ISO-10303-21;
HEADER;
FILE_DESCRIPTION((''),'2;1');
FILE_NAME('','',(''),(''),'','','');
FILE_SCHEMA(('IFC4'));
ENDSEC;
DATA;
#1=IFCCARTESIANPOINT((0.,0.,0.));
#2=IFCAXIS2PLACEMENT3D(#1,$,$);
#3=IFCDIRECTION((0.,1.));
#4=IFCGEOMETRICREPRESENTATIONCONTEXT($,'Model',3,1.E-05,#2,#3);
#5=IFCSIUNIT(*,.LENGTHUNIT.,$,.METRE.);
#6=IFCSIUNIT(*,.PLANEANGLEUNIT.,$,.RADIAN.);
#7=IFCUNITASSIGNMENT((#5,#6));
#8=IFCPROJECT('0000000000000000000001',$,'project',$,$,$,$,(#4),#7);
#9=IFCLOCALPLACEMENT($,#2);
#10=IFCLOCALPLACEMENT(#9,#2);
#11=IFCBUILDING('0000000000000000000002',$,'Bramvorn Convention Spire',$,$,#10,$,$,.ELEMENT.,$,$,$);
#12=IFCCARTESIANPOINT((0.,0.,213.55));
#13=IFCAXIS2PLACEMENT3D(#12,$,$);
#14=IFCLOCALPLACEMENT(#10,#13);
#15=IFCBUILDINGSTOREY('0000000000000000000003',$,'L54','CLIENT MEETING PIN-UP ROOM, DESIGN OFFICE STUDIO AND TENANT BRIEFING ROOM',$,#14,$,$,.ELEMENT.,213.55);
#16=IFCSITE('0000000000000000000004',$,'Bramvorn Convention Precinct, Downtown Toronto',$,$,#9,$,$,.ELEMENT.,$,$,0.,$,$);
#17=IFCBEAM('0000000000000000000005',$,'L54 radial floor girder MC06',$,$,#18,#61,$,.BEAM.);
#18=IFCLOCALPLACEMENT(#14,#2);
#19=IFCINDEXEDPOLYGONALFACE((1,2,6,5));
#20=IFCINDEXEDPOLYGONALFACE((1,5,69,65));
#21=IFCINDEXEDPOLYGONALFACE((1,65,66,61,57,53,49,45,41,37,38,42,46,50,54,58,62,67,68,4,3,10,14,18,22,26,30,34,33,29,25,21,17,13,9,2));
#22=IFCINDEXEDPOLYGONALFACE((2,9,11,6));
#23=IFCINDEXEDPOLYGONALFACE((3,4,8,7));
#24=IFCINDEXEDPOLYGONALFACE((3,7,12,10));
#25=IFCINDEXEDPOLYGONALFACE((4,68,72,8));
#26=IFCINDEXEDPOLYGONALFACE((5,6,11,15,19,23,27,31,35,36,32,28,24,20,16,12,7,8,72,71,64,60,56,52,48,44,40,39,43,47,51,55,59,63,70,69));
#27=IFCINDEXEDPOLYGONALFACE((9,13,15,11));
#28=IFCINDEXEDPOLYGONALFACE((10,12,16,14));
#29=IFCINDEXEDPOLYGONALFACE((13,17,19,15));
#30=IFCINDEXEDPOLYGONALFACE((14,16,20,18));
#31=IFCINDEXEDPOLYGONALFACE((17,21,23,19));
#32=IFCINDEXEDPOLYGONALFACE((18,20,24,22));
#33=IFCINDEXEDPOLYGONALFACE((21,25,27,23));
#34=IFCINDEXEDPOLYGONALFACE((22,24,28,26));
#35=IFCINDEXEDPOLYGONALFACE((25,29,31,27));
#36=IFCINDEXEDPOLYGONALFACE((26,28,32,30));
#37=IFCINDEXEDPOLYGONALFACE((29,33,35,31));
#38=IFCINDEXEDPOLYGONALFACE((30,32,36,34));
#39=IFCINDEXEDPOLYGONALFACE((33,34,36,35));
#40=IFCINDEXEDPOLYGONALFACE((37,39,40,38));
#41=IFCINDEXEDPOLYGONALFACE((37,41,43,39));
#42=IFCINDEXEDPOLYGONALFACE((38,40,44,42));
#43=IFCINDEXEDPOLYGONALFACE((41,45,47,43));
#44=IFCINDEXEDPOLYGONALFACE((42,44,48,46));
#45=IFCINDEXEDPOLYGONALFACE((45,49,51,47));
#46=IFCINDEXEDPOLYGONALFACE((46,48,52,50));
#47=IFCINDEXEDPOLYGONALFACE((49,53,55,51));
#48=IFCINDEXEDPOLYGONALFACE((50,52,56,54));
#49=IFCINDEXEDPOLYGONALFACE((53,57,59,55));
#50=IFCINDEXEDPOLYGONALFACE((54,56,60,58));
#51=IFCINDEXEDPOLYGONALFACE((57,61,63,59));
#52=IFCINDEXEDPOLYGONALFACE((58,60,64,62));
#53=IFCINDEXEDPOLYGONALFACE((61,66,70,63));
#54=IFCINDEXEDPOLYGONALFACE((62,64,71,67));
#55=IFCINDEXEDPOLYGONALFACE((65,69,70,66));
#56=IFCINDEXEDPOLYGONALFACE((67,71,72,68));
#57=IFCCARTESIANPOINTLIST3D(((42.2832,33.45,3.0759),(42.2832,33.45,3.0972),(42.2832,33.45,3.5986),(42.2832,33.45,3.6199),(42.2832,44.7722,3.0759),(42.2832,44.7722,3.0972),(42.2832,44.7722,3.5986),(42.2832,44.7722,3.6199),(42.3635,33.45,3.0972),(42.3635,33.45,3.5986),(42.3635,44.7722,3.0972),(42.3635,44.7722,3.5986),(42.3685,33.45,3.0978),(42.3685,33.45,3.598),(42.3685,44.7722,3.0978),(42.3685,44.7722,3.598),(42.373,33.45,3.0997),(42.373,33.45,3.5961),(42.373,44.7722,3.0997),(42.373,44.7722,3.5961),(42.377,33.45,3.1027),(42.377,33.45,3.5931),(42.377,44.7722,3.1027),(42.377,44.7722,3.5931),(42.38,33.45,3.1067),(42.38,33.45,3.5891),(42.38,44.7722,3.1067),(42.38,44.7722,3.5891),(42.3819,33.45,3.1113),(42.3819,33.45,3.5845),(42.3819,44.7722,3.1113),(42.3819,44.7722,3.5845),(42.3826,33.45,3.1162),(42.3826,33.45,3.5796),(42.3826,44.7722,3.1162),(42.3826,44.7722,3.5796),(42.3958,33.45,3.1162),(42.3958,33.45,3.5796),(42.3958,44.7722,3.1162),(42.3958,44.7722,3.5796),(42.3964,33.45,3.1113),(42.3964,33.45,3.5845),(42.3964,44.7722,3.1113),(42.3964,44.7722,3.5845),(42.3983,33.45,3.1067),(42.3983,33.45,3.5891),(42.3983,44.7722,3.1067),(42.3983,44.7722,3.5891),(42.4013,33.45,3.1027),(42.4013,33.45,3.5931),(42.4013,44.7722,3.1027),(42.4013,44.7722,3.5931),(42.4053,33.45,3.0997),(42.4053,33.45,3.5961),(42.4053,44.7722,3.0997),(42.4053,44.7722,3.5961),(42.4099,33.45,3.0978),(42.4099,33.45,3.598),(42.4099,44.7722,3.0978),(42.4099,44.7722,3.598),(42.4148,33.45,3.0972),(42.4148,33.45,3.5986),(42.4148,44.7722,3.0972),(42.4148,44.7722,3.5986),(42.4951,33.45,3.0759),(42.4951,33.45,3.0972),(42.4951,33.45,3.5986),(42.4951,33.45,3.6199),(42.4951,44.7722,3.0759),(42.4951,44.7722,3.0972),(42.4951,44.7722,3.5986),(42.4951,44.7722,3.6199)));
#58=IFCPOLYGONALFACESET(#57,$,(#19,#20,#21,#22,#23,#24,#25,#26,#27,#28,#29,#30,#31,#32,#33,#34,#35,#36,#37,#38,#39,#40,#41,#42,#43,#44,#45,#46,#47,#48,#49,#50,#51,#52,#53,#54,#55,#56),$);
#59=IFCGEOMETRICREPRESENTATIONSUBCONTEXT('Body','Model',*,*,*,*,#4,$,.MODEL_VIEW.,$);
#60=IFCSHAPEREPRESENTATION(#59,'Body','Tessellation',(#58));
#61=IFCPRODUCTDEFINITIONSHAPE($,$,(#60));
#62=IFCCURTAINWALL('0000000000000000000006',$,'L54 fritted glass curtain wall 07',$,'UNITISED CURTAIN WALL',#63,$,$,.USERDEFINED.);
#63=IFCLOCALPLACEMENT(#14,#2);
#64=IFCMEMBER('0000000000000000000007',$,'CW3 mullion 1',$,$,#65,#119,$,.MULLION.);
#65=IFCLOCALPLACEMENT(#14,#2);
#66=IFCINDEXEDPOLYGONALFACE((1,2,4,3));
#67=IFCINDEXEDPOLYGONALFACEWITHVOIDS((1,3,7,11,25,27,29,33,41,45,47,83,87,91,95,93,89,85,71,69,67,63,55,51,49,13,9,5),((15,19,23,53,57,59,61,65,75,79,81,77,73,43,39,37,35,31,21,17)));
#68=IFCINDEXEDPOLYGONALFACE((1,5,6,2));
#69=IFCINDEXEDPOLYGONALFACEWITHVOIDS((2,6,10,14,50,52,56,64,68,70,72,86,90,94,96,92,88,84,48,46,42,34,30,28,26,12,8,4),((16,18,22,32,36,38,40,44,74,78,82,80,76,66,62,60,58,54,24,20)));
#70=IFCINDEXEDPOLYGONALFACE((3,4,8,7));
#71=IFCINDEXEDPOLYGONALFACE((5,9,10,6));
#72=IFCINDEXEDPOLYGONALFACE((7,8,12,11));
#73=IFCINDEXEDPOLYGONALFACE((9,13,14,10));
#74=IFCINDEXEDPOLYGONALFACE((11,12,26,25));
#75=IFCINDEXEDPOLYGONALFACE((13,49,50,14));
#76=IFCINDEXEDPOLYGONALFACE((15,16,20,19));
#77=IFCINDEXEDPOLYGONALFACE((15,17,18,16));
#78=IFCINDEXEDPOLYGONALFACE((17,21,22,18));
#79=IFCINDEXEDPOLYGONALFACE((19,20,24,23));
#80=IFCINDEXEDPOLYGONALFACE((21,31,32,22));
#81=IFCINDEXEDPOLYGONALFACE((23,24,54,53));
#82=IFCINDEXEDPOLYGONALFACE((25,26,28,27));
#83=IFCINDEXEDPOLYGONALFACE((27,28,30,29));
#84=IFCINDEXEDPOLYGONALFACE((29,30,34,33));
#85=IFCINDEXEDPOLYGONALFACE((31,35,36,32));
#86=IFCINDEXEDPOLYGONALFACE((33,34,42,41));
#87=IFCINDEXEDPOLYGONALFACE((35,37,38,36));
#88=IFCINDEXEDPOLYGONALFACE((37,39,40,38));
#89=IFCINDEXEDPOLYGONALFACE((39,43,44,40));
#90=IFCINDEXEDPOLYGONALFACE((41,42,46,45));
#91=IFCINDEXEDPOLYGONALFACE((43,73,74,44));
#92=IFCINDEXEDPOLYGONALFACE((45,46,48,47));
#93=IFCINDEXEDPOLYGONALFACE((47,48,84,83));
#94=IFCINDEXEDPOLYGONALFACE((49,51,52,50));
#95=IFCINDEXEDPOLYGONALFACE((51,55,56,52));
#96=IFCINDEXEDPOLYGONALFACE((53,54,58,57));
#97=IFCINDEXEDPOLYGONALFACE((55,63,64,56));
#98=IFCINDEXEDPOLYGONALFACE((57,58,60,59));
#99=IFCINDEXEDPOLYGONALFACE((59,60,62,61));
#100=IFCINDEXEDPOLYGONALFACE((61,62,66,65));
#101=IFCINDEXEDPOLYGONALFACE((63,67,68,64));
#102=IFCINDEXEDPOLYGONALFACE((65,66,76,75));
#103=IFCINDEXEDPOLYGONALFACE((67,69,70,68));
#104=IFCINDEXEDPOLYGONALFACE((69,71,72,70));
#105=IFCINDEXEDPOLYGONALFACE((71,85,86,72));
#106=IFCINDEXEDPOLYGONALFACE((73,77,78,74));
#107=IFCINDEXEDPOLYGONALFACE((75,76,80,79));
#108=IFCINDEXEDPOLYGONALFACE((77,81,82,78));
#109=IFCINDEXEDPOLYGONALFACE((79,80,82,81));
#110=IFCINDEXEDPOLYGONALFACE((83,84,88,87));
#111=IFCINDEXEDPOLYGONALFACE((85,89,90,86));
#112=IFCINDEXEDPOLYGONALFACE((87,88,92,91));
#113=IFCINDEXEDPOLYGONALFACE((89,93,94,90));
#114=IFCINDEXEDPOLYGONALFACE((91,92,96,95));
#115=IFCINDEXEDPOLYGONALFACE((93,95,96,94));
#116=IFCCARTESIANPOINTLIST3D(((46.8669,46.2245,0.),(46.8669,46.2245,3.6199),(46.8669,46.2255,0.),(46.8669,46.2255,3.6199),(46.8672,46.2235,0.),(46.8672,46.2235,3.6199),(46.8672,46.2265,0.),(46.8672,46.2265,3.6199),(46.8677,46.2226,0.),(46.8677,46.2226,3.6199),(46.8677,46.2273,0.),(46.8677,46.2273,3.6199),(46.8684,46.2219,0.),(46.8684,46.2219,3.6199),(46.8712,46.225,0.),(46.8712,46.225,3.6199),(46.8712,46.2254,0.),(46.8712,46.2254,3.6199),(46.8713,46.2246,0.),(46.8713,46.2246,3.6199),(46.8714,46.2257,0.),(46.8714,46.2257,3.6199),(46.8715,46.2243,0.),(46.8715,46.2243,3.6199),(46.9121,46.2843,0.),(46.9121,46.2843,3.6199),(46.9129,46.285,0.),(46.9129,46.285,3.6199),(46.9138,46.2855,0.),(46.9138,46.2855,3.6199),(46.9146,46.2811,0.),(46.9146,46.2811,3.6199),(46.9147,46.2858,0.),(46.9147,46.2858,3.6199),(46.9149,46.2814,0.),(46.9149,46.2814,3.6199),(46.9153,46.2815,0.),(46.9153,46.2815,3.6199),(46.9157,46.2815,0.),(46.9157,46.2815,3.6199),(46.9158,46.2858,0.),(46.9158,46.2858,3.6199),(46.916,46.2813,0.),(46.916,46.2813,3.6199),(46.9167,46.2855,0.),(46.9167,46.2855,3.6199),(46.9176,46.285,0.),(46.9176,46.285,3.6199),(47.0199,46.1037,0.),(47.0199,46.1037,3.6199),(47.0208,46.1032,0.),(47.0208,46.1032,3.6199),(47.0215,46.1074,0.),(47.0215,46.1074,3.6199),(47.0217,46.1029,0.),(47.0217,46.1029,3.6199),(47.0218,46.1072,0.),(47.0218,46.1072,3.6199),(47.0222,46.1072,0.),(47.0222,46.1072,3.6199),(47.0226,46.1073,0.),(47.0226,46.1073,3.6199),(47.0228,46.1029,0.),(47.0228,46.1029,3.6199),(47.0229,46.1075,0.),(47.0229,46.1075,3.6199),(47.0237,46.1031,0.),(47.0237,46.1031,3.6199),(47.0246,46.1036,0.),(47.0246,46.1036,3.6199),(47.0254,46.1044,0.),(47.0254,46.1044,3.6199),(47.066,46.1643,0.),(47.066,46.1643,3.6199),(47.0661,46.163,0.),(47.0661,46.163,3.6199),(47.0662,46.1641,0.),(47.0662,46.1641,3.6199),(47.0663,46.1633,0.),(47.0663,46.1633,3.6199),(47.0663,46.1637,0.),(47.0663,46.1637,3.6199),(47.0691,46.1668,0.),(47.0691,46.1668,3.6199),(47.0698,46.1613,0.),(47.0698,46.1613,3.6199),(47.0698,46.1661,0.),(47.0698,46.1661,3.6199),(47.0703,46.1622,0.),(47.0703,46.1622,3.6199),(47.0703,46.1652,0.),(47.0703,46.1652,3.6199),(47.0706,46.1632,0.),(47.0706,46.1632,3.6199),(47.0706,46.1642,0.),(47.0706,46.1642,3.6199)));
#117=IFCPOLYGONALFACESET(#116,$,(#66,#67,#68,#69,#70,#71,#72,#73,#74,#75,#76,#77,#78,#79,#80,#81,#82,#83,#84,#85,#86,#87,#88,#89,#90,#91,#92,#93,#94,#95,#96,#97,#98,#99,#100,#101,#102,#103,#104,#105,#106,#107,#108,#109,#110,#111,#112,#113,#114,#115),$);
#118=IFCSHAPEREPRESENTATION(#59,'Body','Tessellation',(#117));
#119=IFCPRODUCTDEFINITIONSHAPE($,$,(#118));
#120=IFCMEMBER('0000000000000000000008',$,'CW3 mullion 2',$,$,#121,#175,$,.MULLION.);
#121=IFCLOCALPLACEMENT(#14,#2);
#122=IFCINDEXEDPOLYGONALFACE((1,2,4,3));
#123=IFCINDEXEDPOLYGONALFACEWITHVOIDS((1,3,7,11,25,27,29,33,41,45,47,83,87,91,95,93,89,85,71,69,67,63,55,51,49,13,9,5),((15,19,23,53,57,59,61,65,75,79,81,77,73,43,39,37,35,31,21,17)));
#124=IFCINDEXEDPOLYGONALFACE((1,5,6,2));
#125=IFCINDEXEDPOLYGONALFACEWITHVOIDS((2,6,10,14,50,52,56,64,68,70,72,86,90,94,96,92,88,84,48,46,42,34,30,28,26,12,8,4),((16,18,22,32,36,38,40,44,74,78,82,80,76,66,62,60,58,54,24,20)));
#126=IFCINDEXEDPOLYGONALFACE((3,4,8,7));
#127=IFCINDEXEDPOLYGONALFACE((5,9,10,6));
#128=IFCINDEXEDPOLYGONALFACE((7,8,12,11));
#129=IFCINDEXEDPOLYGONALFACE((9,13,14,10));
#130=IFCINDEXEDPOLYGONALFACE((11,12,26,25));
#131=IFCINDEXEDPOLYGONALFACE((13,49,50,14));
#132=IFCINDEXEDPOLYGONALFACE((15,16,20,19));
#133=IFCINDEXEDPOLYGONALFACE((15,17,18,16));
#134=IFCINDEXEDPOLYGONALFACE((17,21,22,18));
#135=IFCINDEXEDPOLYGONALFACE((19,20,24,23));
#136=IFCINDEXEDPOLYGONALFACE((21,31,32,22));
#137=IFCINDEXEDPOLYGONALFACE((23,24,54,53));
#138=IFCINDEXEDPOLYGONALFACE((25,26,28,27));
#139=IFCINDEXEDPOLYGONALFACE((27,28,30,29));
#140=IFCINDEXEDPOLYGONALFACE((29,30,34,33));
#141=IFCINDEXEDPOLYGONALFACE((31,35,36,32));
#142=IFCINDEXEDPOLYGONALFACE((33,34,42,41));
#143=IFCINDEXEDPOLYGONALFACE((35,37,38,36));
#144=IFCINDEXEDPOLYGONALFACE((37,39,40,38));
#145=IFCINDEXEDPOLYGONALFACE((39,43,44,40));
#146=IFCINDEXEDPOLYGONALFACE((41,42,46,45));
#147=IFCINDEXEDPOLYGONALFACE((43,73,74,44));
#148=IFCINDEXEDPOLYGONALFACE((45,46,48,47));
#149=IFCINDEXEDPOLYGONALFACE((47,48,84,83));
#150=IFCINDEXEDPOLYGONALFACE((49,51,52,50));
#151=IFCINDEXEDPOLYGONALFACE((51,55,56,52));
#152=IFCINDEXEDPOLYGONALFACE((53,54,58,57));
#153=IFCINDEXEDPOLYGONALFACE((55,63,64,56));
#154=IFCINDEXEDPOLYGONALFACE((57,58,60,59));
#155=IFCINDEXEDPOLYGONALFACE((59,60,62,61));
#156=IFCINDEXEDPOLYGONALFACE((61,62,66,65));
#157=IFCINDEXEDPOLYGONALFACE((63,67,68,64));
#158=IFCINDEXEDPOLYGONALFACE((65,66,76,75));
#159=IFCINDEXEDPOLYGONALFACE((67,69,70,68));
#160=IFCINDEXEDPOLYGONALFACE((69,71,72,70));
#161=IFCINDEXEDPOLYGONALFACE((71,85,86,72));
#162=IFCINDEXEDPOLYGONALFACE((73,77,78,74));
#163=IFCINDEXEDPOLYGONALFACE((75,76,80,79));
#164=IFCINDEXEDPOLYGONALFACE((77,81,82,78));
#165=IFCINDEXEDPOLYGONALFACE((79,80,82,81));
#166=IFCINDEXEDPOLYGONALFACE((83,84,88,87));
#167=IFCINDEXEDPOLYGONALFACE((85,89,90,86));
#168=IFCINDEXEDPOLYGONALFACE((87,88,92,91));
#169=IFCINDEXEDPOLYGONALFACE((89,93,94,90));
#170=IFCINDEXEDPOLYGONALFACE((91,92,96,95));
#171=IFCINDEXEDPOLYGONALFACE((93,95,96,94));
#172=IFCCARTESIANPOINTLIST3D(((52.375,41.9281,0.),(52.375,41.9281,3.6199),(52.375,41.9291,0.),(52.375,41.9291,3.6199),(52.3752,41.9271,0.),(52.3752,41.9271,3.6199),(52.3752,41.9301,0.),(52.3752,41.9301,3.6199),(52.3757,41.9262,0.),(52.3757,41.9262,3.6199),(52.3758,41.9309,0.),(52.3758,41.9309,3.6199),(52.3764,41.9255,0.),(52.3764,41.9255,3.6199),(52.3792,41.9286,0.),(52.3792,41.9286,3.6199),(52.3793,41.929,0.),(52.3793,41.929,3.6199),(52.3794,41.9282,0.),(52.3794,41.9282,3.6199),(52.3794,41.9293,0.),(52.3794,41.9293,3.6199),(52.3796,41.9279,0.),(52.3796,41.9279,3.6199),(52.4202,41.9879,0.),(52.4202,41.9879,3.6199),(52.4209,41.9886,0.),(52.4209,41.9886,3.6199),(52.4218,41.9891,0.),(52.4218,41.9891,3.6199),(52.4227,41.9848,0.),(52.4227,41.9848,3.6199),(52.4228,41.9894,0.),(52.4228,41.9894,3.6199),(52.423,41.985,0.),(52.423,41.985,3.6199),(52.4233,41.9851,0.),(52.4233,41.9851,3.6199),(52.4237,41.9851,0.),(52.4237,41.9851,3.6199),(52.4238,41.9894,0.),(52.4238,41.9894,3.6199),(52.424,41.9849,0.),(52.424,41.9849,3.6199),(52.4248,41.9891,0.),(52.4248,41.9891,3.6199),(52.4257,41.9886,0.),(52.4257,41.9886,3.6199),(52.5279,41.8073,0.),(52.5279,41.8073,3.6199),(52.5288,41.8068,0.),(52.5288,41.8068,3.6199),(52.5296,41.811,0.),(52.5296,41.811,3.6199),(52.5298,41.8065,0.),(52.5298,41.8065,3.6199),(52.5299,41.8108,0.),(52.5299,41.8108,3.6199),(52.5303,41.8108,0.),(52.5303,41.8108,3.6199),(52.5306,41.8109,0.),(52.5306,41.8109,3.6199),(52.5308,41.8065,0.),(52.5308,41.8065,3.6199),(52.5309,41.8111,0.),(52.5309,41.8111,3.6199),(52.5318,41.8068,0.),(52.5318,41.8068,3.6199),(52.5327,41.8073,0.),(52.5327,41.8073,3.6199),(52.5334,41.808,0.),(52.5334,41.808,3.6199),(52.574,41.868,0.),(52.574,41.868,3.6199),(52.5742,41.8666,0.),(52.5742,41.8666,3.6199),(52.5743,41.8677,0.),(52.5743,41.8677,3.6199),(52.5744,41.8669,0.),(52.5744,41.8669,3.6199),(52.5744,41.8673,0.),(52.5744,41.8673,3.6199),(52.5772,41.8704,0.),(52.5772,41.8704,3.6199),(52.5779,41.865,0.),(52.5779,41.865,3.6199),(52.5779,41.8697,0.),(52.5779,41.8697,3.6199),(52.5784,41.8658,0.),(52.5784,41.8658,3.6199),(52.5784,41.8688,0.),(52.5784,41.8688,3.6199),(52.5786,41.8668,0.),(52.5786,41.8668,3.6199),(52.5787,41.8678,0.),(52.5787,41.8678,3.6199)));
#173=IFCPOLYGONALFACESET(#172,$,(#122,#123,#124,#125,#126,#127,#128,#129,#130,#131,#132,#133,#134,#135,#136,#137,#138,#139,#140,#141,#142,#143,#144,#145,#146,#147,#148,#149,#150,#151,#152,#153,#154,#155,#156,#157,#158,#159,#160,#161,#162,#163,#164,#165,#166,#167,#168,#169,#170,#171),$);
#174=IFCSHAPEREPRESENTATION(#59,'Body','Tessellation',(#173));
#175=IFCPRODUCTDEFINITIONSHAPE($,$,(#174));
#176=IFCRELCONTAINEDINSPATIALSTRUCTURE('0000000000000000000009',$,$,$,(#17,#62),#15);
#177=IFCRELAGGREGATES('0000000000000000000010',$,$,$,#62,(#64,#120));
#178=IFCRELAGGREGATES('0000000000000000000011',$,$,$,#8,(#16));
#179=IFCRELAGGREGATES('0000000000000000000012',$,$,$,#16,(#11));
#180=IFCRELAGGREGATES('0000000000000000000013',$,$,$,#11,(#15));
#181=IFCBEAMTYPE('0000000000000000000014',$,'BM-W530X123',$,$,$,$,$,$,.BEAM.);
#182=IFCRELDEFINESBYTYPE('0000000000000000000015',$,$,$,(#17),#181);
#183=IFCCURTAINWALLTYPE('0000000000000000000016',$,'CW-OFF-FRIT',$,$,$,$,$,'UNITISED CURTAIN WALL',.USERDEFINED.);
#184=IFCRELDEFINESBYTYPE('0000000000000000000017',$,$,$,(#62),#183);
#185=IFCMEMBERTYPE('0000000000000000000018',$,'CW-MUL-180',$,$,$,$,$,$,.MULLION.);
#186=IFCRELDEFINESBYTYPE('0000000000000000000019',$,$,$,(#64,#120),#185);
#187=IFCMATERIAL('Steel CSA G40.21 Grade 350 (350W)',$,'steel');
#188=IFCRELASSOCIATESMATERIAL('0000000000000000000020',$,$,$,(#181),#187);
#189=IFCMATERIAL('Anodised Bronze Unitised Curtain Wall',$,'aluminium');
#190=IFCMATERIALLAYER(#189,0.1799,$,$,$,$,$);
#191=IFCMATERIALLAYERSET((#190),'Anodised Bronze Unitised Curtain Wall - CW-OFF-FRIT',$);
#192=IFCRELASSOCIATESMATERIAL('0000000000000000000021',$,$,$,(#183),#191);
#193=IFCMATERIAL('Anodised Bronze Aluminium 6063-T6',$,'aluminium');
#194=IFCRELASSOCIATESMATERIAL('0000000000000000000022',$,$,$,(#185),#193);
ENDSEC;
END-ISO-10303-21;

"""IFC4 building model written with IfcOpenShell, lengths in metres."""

from ifc_helpers import new_model, si_unit, direction, frame, origin, origin_2d, place, context, subcontext, project, spatial, hollow_rectangle, i_section, extrude, material, layer, layer_set, material_profile, profile_set, type_object, element, aggregate, save


model = new_model("IFC4")

# Units and contexts
model_context = context("Model", 3, precision=1e-05, world=origin(), true_north=direction((0.0, 1.0)))
body_context = subcontext(model_context, "Body", "Model", "MODEL_VIEW")
ifc_project = project(units=[si_unit("LENGTHUNIT", "METRE"), si_unit("PLANEANGLEUNIT", "RADIAN")], contexts=[model_context])

# Site, building, storey
site_placement = place(None, origin())
site = spatial("IfcSite", under=ifc_project, at=site_placement, Name="Bramvorn Convention Precinct, Downtown Toronto", CompositionType="ELEMENT", RefElevation=0.0)
building_placement = place(site_placement, origin())
building = spatial("IfcBuilding", under=site, at=building_placement, Name="Bramvorn Convention Spire", CompositionType="ELEMENT")
storey_placement = place(building_placement, frame((0.0, 0.0, 213.55)))
storey = spatial("IfcBuildingStorey", under=building, at=storey_placement, Name="L54", Description="CLIENT MEETING PIN-UP ROOM, DESIGN OFFICE STUDIO AND TENANT BRIEFING ROOM", CompositionType="ELEMENT", Elevation=213.55)

# Shared definitions
ifc_material_1 = material(Name="Steel CSA G40.21 Grade 350 (350W)", Category="steel")

# Beam
ifc_material_profile_1 = material_profile(ifc_material_1, i_section(OverallWidth=0.2119, OverallDepth=0.5439, WebThickness=0.0132, FlangeThickness=0.0212, FilletRadius=0.019, at=origin_2d()))
ifc_profile_set_1 = profile_set([ifc_material_profile_1], Name="Steel CSA G40.21 Grade 350 (350W) - W530X123")
beam_type_1 = type_object("IfcBeamType", Name="BM-W530X123", PredefinedType="BEAM", material=ifc_profile_set_1)
beam_1_placement = place(storey_placement, frame((42.3892, 33.45, 3.3479), z_axis=(0.0, 1.0, 0.0), x_axis=(-1.0, 0.0, 0.0)))
element("IfcBeam", 1, at=beam_1_placement, inside=storey, type_object=beam_type_1, Name="L54 radial floor girder MC06", PredefinedType="BEAM", context=body_context, shape_type="SweptSolid", body=[
    extrude(i_section(OverallWidth=0.2119, OverallDepth=0.5439, WebThickness=0.0132, FlangeThickness=0.0212, FilletRadius=0.019, at=origin_2d()), origin(), (0.0, 0.0, 1.0), 11.3223),
])

# Curtain wall, members
ifc_material_2 = material(Name="Anodised Bronze Unitised Curtain Wall", Category="aluminium")
ifc_layer_1 = layer(ifc_material_2, 0.1799)
ifc_layer_set_1 = layer_set([ifc_layer_1], Name="Anodised Bronze Unitised Curtain Wall - CW-OFF-FRIT")
curtain_wall_type = type_object("IfcCurtainWallType", Name="CW-OFF-FRIT", ElementType="UNITISED CURTAIN WALL", PredefinedType="USERDEFINED", material=ifc_layer_set_1)
curtain_wall_1_placement = place(storey_placement, origin())
curtain_wall_1 = element("IfcCurtainWall", 2, at=curtain_wall_1_placement, inside=storey, type_object=curtain_wall_type, Name="L54 fritted glass curtain wall 07", ObjectType="UNITISED CURTAIN WALL", PredefinedType="USERDEFINED")
ifc_material_3 = material(Name="Anodised Bronze Aluminium 6063-T6", Category="aluminium")
ifc_material_profile_2 = material_profile(ifc_material_3, hollow_rectangle(XDim=0.0801, YDim=0.2, WallThickness=0.0039, InnerFilletRadius=0.001, OuterFilletRadius=0.0039, at=origin_2d()))
ifc_profile_set_2 = profile_set([ifc_material_profile_2], Name="Anodised Bronze Aluminium 6063-T6 - CWM80X200")
member_type_1 = type_object("IfcMemberType", Name="CW-MUL-180", PredefinedType="MULLION", material=ifc_profile_set_2)
member_1_placement = place(storey_placement, frame((46.9688, 46.1943, 0.0), z_axis=(0.0, 0.0, 1.0), x_axis=(0.61504, 0.788496, 0.0)))
member_1 = element("IfcMember", 3, at=member_1_placement, type_object=member_type_1, Name="CW3 mullion 1", PredefinedType="MULLION", context=body_context, shape_type="SweptSolid", body=[
    extrude(hollow_rectangle(XDim=0.0801, YDim=0.2, WallThickness=0.0039, InnerFilletRadius=0.001, OuterFilletRadius=0.0039, at=origin_2d()), origin(), (0.0, 0.0, 1.0), 3.6199),
])
member_2_placement = place(storey_placement, frame((52.4768, 41.8979, 0.0), z_axis=(0.0, 0.0, 1.0), x_axis=(0.61504, 0.788496, 0.0)))
member_2 = element("IfcMember", 4, at=member_2_placement, type_object=member_type_1, Name="CW3 mullion 2", PredefinedType="MULLION", context=body_context, shape_type="SweptSolid", body=[
    extrude(hollow_rectangle(XDim=0.0801, YDim=0.2, WallThickness=0.0039, InnerFilletRadius=0.001, OuterFilletRadius=0.0039, at=origin_2d()), origin(), (0.0, 0.0, 1.0), 3.6199),
])

aggregate(curtain_wall_1, [member_1, member_2])

save(model, "model.ifc")
